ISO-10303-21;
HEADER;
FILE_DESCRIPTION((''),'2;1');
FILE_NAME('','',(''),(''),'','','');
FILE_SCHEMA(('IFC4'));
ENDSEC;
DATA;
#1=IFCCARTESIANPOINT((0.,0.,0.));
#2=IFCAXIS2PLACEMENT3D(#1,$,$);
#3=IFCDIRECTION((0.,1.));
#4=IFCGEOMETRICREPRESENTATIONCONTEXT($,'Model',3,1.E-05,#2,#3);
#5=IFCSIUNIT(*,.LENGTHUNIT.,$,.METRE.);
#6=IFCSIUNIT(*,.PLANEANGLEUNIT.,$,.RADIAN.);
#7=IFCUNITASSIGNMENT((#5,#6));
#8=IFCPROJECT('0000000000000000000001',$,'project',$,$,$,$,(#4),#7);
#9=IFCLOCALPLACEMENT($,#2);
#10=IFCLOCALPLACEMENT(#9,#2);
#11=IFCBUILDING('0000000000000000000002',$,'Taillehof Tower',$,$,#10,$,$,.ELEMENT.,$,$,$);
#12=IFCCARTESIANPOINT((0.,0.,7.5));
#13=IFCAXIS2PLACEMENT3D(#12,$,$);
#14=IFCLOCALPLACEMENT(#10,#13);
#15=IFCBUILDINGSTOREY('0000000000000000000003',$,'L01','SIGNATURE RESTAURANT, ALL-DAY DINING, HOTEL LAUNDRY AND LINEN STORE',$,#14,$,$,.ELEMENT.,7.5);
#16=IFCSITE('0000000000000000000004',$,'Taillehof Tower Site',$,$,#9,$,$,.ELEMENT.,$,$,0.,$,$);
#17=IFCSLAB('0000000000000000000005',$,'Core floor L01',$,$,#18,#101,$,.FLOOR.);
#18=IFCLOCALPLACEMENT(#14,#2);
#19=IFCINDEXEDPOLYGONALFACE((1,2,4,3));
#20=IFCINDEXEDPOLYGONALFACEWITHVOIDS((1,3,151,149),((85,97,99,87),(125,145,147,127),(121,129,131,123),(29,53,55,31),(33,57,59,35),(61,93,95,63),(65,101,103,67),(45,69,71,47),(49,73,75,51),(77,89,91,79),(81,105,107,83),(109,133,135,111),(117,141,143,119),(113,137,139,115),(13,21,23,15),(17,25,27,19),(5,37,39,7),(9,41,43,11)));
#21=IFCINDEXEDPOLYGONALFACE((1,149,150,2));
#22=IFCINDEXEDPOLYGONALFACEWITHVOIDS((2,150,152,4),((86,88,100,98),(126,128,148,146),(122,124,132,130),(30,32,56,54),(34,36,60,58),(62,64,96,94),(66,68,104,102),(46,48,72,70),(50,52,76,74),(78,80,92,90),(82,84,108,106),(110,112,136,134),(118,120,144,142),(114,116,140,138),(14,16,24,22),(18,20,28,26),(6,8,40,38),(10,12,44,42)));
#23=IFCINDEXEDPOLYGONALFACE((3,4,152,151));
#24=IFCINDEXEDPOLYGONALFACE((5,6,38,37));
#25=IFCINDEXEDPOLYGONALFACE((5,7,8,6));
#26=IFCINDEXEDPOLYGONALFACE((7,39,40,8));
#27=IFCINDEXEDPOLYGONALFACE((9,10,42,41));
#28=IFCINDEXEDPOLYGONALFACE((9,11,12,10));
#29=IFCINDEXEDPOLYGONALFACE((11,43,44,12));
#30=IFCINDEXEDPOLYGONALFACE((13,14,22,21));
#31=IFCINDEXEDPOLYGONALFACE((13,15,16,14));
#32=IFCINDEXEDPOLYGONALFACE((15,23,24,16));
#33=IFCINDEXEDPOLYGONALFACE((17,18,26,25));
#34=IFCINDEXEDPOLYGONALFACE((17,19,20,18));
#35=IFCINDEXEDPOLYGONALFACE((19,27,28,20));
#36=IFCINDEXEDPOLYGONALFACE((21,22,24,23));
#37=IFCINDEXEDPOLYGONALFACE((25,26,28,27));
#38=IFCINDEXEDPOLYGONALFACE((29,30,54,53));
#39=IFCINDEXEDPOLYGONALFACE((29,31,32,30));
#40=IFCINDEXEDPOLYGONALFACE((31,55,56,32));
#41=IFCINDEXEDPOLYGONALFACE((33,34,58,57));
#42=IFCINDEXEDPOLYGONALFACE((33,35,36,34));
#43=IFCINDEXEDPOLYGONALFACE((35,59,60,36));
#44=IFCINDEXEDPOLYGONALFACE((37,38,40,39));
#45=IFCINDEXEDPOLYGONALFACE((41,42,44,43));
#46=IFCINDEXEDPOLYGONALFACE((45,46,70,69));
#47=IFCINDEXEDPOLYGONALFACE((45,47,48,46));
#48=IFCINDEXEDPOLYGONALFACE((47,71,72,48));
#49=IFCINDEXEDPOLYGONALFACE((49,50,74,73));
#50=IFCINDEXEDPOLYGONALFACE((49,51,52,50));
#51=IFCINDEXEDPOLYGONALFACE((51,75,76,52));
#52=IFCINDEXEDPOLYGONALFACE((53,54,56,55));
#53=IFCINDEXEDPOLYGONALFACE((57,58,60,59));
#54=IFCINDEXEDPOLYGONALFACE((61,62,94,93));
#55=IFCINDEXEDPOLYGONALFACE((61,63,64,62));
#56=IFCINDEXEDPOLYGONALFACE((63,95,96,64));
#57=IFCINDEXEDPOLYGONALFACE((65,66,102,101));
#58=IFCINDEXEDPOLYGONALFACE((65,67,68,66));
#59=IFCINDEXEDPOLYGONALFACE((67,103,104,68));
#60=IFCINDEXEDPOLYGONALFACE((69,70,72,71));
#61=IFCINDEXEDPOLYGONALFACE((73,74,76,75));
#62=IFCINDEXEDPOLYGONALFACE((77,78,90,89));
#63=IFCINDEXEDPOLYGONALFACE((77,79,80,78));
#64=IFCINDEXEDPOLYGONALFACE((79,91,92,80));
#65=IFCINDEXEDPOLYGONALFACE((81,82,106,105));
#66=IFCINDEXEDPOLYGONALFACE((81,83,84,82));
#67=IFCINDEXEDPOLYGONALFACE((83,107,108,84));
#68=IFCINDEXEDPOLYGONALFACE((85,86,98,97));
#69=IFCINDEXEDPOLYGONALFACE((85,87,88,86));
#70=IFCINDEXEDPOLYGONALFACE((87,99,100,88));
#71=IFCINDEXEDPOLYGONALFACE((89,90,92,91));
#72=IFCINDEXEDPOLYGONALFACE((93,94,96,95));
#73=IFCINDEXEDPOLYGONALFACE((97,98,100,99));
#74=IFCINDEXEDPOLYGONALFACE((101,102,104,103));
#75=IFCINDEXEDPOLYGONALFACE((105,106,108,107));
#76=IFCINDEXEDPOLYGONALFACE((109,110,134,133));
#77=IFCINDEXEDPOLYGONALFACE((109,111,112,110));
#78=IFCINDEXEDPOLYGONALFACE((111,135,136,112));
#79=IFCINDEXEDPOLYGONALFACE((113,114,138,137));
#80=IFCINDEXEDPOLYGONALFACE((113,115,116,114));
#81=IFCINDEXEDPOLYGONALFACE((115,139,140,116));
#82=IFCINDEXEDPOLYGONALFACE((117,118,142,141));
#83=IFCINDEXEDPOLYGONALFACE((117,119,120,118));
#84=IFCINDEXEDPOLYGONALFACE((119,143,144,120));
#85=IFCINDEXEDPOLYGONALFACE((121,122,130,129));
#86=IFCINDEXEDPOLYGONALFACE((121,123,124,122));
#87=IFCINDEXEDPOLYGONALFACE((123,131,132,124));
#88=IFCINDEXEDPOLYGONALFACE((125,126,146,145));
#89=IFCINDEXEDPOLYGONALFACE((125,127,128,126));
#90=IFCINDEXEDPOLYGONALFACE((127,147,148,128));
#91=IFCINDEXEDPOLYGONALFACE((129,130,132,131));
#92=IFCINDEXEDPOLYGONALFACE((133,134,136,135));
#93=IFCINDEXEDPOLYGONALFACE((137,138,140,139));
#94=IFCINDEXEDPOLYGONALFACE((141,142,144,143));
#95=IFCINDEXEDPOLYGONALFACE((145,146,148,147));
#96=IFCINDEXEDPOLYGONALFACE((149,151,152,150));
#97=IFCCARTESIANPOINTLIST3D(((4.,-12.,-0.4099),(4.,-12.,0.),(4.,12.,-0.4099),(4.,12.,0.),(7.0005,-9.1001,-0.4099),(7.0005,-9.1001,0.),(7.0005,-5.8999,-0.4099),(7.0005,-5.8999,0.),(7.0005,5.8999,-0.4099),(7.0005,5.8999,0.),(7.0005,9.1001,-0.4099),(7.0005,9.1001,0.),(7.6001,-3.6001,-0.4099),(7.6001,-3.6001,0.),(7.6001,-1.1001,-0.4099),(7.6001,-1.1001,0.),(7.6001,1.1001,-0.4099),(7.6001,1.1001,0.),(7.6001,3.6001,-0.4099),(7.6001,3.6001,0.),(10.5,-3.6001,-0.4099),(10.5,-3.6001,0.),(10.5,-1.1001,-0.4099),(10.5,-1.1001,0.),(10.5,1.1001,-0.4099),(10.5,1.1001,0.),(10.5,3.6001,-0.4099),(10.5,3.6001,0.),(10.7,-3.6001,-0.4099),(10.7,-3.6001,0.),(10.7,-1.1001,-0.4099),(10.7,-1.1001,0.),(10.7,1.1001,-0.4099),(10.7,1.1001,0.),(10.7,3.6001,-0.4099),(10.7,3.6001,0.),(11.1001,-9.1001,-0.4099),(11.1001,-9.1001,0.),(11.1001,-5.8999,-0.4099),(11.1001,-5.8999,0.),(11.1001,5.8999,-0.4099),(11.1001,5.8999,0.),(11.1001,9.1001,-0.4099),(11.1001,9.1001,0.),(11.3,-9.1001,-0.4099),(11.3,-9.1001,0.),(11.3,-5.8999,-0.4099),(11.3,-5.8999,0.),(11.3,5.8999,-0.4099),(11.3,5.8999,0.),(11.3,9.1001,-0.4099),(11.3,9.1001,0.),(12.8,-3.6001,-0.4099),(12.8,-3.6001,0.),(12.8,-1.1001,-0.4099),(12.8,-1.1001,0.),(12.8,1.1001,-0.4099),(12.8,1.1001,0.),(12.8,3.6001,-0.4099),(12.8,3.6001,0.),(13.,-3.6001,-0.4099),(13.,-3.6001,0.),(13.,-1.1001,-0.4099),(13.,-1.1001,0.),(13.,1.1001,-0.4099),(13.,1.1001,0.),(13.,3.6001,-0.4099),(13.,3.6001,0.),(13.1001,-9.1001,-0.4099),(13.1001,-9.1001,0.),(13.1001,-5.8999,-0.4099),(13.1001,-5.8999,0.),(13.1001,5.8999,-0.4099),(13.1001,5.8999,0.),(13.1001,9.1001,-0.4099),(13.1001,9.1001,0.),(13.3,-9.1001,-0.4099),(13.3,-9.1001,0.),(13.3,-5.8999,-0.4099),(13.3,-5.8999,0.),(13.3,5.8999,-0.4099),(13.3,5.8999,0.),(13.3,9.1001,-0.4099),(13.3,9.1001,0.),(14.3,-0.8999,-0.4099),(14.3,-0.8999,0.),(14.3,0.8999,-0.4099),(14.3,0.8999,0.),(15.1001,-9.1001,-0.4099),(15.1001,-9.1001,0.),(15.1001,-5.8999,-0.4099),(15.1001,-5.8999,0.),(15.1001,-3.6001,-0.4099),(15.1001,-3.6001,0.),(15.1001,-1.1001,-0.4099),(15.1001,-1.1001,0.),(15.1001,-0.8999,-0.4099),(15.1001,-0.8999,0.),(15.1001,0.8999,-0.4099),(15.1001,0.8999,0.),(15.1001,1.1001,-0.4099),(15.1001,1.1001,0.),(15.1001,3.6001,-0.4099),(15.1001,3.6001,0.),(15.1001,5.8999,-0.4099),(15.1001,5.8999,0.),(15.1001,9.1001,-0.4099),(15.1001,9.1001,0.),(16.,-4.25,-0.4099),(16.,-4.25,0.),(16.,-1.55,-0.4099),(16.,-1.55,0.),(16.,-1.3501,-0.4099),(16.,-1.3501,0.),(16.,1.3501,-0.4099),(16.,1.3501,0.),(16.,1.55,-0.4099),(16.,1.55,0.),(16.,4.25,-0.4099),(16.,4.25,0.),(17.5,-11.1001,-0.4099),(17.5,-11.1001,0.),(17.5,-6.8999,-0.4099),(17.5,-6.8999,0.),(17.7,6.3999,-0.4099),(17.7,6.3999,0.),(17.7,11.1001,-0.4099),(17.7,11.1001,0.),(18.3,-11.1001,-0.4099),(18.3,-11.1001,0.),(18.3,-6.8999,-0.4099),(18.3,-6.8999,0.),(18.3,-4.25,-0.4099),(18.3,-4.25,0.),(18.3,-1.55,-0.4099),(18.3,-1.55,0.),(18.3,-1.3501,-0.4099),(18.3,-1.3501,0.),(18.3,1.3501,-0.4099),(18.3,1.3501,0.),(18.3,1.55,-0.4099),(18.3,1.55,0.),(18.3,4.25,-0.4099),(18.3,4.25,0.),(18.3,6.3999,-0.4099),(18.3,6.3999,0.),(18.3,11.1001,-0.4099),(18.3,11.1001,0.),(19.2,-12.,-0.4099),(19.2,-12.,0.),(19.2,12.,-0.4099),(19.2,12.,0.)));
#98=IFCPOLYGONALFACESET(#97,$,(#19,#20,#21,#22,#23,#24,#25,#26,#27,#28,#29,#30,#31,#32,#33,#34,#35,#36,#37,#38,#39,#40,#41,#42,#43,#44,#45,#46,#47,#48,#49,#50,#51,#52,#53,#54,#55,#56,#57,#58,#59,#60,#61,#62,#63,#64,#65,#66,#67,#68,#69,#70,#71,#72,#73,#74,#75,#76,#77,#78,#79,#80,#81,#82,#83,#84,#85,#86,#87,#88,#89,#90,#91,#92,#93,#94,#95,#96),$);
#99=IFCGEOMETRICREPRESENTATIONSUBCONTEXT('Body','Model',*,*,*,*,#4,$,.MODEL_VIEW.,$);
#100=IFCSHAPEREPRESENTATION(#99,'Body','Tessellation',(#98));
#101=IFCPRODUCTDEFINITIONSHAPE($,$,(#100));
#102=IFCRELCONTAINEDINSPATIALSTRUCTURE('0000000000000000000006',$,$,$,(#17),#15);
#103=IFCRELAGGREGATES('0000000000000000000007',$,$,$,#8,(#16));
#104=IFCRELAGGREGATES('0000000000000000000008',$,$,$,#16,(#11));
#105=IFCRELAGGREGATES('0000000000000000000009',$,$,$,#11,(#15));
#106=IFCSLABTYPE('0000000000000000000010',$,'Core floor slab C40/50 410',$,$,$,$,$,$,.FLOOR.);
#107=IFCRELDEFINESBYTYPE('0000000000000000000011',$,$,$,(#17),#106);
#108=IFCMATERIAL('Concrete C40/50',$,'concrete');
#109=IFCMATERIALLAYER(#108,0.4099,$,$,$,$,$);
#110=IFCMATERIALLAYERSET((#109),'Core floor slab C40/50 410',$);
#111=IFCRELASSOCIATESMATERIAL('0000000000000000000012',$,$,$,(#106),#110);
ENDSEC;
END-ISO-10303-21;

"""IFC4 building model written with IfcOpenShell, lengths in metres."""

from ifc_helpers import new_model, si_unit, direction, frame, origin, place, context, subcontext, project, spatial, polyline, outline, extrude, material, layer, layer_set, type_object, element, save


model = new_model("IFC4")

# Units and contexts
model_context = context("Model", 3, precision=1e-05, world=origin(), true_north=direction((0.0, 1.0)))
body_context = subcontext(model_context, "Body", "Model", "MODEL_VIEW")
ifc_project = project(units=[si_unit("LENGTHUNIT", "METRE"), si_unit("PLANEANGLEUNIT", "RADIAN")], contexts=[model_context])

# Site, building, storey
site_placement = place(None, origin())
site = spatial("IfcSite", under=ifc_project, at=site_placement, Name="Taillehof Tower Site", CompositionType="ELEMENT", RefElevation=0.0)
building_placement = place(site_placement, origin())
building = spatial("IfcBuilding", under=site, at=building_placement, Name="Taillehof Tower", CompositionType="ELEMENT")
storey_placement = place(building_placement, frame((0.0, 0.0, 7.5)))
storey = spatial("IfcBuildingStorey", under=building, at=storey_placement, Name="L01", Description="SIGNATURE RESTAURANT, ALL-DAY DINING, HOTEL LAUNDRY AND LINEN STORE", CompositionType="ELEMENT", Elevation=7.5)

# Slab
ifc_material_1 = material(Name="Concrete C40/50", Category="concrete")
ifc_layer_1 = layer(ifc_material_1, 0.4099)
ifc_layer_set_1 = layer_set([ifc_layer_1], Name="Core floor slab C40/50 410")
slab_type_1 = type_object("IfcSlabType", Name="Core floor slab C40/50 410", PredefinedType="FLOOR", material=ifc_layer_set_1)
slab_1_placement = place(storey_placement, frame((0.0, 0.0, -0.4099)))
element("IfcSlab", 1, at=slab_1_placement, inside=storey, type_object=slab_type_1, Name="Core floor L01", PredefinedType="FLOOR", context=body_context, shape_type="SweptSolid", body=[
    extrude(outline(polyline([(4.0, -12.0), (4.0, 12.0), (19.2, 12.0), (19.2, -12.0), (4.0, -12.0)]), holes=[polyline([(7.0005, -9.1001), (11.1001, -9.1001), (11.1001, -5.8999), (7.0005, -5.8999), (7.0005, -9.1001)]), polyline([(13.1001, -9.1001), (13.1001, -5.8999), (11.3, -5.8999), (11.3, -9.1001), (13.1001, -9.1001)]), polyline([(10.5, -3.6001), (10.5, -1.1001), (7.6001, -1.1001), (7.6001, -3.6001), (10.5, -3.6001)]), polyline([(12.8, -3.6001), (12.8, -1.1001), (10.7, -1.1001), (10.7, -3.6001), (12.8, -3.6001)]), polyline([(10.5, 1.1001), (10.5, 3.6001), (7.6001, 3.6001), (7.6001, 1.1001), (10.5, 1.1001)]), polyline([(12.8, 1.1001), (12.8, 3.6001), (10.7, 3.6001), (10.7, 1.1001), (12.8, 1.1001)]), polyline([(15.1001, 1.1001), (15.1001, 3.6001), (13.0, 3.6001), (13.0, 1.1001), (15.1001, 1.1001)]), polyline([(11.3, 5.8999), (13.1001, 5.8999), (13.1001, 9.1001), (11.3, 9.1001), (11.3, 5.8999)]), polyline([(7.0005, 5.8999), (11.1001, 5.8999), (11.1001, 9.1001), (7.0005, 9.1001), (7.0005, 5.8999)]), polyline([(18.3, -11.1001), (18.3, -6.8999), (17.5, -6.8999), (17.5, -11.1001), (18.3, -11.1001)]), polyline([(15.1001, -9.1001), (15.1001, -5.8999), (13.3, -5.8999), (13.3, -9.1001), (15.1001, -9.1001)]), polyline([(18.3, -4.25), (18.3, -1.55), (16.0, -1.55), (16.0, -4.25), (18.3, -4.25)]), polyline([(15.1001, -3.6001), (15.1001, -1.1001), (13.0, -1.1001), (13.0, -3.6001), (15.1001, -3.6001)]), polyline([(15.1001, -0.8999), (15.1001, 0.8999), (14.3, 0.8999), (14.3, -0.8999), (15.1001, -0.8999)]), polyline([(18.3, -1.3501), (18.3, 1.3501), (16.0, 1.3501), (16.0, -1.3501), (18.3, -1.3501)]), polyline([(18.3, 1.55), (18.3, 4.25), (16.0, 4.25), (16.0, 1.55), (18.3, 1.55)]), polyline([(13.3, 5.8999), (15.1001, 5.8999), (15.1001, 9.1001), (13.3, 9.1001), (13.3, 5.8999)]), polyline([(17.7, 6.3999), (18.3, 6.3999), (18.3, 11.1001), (17.7, 11.1001), (17.7, 6.3999)])]), origin(), (0.0, 0.0, 1.0), 0.4099),
])

save(model, "model.ifc")
